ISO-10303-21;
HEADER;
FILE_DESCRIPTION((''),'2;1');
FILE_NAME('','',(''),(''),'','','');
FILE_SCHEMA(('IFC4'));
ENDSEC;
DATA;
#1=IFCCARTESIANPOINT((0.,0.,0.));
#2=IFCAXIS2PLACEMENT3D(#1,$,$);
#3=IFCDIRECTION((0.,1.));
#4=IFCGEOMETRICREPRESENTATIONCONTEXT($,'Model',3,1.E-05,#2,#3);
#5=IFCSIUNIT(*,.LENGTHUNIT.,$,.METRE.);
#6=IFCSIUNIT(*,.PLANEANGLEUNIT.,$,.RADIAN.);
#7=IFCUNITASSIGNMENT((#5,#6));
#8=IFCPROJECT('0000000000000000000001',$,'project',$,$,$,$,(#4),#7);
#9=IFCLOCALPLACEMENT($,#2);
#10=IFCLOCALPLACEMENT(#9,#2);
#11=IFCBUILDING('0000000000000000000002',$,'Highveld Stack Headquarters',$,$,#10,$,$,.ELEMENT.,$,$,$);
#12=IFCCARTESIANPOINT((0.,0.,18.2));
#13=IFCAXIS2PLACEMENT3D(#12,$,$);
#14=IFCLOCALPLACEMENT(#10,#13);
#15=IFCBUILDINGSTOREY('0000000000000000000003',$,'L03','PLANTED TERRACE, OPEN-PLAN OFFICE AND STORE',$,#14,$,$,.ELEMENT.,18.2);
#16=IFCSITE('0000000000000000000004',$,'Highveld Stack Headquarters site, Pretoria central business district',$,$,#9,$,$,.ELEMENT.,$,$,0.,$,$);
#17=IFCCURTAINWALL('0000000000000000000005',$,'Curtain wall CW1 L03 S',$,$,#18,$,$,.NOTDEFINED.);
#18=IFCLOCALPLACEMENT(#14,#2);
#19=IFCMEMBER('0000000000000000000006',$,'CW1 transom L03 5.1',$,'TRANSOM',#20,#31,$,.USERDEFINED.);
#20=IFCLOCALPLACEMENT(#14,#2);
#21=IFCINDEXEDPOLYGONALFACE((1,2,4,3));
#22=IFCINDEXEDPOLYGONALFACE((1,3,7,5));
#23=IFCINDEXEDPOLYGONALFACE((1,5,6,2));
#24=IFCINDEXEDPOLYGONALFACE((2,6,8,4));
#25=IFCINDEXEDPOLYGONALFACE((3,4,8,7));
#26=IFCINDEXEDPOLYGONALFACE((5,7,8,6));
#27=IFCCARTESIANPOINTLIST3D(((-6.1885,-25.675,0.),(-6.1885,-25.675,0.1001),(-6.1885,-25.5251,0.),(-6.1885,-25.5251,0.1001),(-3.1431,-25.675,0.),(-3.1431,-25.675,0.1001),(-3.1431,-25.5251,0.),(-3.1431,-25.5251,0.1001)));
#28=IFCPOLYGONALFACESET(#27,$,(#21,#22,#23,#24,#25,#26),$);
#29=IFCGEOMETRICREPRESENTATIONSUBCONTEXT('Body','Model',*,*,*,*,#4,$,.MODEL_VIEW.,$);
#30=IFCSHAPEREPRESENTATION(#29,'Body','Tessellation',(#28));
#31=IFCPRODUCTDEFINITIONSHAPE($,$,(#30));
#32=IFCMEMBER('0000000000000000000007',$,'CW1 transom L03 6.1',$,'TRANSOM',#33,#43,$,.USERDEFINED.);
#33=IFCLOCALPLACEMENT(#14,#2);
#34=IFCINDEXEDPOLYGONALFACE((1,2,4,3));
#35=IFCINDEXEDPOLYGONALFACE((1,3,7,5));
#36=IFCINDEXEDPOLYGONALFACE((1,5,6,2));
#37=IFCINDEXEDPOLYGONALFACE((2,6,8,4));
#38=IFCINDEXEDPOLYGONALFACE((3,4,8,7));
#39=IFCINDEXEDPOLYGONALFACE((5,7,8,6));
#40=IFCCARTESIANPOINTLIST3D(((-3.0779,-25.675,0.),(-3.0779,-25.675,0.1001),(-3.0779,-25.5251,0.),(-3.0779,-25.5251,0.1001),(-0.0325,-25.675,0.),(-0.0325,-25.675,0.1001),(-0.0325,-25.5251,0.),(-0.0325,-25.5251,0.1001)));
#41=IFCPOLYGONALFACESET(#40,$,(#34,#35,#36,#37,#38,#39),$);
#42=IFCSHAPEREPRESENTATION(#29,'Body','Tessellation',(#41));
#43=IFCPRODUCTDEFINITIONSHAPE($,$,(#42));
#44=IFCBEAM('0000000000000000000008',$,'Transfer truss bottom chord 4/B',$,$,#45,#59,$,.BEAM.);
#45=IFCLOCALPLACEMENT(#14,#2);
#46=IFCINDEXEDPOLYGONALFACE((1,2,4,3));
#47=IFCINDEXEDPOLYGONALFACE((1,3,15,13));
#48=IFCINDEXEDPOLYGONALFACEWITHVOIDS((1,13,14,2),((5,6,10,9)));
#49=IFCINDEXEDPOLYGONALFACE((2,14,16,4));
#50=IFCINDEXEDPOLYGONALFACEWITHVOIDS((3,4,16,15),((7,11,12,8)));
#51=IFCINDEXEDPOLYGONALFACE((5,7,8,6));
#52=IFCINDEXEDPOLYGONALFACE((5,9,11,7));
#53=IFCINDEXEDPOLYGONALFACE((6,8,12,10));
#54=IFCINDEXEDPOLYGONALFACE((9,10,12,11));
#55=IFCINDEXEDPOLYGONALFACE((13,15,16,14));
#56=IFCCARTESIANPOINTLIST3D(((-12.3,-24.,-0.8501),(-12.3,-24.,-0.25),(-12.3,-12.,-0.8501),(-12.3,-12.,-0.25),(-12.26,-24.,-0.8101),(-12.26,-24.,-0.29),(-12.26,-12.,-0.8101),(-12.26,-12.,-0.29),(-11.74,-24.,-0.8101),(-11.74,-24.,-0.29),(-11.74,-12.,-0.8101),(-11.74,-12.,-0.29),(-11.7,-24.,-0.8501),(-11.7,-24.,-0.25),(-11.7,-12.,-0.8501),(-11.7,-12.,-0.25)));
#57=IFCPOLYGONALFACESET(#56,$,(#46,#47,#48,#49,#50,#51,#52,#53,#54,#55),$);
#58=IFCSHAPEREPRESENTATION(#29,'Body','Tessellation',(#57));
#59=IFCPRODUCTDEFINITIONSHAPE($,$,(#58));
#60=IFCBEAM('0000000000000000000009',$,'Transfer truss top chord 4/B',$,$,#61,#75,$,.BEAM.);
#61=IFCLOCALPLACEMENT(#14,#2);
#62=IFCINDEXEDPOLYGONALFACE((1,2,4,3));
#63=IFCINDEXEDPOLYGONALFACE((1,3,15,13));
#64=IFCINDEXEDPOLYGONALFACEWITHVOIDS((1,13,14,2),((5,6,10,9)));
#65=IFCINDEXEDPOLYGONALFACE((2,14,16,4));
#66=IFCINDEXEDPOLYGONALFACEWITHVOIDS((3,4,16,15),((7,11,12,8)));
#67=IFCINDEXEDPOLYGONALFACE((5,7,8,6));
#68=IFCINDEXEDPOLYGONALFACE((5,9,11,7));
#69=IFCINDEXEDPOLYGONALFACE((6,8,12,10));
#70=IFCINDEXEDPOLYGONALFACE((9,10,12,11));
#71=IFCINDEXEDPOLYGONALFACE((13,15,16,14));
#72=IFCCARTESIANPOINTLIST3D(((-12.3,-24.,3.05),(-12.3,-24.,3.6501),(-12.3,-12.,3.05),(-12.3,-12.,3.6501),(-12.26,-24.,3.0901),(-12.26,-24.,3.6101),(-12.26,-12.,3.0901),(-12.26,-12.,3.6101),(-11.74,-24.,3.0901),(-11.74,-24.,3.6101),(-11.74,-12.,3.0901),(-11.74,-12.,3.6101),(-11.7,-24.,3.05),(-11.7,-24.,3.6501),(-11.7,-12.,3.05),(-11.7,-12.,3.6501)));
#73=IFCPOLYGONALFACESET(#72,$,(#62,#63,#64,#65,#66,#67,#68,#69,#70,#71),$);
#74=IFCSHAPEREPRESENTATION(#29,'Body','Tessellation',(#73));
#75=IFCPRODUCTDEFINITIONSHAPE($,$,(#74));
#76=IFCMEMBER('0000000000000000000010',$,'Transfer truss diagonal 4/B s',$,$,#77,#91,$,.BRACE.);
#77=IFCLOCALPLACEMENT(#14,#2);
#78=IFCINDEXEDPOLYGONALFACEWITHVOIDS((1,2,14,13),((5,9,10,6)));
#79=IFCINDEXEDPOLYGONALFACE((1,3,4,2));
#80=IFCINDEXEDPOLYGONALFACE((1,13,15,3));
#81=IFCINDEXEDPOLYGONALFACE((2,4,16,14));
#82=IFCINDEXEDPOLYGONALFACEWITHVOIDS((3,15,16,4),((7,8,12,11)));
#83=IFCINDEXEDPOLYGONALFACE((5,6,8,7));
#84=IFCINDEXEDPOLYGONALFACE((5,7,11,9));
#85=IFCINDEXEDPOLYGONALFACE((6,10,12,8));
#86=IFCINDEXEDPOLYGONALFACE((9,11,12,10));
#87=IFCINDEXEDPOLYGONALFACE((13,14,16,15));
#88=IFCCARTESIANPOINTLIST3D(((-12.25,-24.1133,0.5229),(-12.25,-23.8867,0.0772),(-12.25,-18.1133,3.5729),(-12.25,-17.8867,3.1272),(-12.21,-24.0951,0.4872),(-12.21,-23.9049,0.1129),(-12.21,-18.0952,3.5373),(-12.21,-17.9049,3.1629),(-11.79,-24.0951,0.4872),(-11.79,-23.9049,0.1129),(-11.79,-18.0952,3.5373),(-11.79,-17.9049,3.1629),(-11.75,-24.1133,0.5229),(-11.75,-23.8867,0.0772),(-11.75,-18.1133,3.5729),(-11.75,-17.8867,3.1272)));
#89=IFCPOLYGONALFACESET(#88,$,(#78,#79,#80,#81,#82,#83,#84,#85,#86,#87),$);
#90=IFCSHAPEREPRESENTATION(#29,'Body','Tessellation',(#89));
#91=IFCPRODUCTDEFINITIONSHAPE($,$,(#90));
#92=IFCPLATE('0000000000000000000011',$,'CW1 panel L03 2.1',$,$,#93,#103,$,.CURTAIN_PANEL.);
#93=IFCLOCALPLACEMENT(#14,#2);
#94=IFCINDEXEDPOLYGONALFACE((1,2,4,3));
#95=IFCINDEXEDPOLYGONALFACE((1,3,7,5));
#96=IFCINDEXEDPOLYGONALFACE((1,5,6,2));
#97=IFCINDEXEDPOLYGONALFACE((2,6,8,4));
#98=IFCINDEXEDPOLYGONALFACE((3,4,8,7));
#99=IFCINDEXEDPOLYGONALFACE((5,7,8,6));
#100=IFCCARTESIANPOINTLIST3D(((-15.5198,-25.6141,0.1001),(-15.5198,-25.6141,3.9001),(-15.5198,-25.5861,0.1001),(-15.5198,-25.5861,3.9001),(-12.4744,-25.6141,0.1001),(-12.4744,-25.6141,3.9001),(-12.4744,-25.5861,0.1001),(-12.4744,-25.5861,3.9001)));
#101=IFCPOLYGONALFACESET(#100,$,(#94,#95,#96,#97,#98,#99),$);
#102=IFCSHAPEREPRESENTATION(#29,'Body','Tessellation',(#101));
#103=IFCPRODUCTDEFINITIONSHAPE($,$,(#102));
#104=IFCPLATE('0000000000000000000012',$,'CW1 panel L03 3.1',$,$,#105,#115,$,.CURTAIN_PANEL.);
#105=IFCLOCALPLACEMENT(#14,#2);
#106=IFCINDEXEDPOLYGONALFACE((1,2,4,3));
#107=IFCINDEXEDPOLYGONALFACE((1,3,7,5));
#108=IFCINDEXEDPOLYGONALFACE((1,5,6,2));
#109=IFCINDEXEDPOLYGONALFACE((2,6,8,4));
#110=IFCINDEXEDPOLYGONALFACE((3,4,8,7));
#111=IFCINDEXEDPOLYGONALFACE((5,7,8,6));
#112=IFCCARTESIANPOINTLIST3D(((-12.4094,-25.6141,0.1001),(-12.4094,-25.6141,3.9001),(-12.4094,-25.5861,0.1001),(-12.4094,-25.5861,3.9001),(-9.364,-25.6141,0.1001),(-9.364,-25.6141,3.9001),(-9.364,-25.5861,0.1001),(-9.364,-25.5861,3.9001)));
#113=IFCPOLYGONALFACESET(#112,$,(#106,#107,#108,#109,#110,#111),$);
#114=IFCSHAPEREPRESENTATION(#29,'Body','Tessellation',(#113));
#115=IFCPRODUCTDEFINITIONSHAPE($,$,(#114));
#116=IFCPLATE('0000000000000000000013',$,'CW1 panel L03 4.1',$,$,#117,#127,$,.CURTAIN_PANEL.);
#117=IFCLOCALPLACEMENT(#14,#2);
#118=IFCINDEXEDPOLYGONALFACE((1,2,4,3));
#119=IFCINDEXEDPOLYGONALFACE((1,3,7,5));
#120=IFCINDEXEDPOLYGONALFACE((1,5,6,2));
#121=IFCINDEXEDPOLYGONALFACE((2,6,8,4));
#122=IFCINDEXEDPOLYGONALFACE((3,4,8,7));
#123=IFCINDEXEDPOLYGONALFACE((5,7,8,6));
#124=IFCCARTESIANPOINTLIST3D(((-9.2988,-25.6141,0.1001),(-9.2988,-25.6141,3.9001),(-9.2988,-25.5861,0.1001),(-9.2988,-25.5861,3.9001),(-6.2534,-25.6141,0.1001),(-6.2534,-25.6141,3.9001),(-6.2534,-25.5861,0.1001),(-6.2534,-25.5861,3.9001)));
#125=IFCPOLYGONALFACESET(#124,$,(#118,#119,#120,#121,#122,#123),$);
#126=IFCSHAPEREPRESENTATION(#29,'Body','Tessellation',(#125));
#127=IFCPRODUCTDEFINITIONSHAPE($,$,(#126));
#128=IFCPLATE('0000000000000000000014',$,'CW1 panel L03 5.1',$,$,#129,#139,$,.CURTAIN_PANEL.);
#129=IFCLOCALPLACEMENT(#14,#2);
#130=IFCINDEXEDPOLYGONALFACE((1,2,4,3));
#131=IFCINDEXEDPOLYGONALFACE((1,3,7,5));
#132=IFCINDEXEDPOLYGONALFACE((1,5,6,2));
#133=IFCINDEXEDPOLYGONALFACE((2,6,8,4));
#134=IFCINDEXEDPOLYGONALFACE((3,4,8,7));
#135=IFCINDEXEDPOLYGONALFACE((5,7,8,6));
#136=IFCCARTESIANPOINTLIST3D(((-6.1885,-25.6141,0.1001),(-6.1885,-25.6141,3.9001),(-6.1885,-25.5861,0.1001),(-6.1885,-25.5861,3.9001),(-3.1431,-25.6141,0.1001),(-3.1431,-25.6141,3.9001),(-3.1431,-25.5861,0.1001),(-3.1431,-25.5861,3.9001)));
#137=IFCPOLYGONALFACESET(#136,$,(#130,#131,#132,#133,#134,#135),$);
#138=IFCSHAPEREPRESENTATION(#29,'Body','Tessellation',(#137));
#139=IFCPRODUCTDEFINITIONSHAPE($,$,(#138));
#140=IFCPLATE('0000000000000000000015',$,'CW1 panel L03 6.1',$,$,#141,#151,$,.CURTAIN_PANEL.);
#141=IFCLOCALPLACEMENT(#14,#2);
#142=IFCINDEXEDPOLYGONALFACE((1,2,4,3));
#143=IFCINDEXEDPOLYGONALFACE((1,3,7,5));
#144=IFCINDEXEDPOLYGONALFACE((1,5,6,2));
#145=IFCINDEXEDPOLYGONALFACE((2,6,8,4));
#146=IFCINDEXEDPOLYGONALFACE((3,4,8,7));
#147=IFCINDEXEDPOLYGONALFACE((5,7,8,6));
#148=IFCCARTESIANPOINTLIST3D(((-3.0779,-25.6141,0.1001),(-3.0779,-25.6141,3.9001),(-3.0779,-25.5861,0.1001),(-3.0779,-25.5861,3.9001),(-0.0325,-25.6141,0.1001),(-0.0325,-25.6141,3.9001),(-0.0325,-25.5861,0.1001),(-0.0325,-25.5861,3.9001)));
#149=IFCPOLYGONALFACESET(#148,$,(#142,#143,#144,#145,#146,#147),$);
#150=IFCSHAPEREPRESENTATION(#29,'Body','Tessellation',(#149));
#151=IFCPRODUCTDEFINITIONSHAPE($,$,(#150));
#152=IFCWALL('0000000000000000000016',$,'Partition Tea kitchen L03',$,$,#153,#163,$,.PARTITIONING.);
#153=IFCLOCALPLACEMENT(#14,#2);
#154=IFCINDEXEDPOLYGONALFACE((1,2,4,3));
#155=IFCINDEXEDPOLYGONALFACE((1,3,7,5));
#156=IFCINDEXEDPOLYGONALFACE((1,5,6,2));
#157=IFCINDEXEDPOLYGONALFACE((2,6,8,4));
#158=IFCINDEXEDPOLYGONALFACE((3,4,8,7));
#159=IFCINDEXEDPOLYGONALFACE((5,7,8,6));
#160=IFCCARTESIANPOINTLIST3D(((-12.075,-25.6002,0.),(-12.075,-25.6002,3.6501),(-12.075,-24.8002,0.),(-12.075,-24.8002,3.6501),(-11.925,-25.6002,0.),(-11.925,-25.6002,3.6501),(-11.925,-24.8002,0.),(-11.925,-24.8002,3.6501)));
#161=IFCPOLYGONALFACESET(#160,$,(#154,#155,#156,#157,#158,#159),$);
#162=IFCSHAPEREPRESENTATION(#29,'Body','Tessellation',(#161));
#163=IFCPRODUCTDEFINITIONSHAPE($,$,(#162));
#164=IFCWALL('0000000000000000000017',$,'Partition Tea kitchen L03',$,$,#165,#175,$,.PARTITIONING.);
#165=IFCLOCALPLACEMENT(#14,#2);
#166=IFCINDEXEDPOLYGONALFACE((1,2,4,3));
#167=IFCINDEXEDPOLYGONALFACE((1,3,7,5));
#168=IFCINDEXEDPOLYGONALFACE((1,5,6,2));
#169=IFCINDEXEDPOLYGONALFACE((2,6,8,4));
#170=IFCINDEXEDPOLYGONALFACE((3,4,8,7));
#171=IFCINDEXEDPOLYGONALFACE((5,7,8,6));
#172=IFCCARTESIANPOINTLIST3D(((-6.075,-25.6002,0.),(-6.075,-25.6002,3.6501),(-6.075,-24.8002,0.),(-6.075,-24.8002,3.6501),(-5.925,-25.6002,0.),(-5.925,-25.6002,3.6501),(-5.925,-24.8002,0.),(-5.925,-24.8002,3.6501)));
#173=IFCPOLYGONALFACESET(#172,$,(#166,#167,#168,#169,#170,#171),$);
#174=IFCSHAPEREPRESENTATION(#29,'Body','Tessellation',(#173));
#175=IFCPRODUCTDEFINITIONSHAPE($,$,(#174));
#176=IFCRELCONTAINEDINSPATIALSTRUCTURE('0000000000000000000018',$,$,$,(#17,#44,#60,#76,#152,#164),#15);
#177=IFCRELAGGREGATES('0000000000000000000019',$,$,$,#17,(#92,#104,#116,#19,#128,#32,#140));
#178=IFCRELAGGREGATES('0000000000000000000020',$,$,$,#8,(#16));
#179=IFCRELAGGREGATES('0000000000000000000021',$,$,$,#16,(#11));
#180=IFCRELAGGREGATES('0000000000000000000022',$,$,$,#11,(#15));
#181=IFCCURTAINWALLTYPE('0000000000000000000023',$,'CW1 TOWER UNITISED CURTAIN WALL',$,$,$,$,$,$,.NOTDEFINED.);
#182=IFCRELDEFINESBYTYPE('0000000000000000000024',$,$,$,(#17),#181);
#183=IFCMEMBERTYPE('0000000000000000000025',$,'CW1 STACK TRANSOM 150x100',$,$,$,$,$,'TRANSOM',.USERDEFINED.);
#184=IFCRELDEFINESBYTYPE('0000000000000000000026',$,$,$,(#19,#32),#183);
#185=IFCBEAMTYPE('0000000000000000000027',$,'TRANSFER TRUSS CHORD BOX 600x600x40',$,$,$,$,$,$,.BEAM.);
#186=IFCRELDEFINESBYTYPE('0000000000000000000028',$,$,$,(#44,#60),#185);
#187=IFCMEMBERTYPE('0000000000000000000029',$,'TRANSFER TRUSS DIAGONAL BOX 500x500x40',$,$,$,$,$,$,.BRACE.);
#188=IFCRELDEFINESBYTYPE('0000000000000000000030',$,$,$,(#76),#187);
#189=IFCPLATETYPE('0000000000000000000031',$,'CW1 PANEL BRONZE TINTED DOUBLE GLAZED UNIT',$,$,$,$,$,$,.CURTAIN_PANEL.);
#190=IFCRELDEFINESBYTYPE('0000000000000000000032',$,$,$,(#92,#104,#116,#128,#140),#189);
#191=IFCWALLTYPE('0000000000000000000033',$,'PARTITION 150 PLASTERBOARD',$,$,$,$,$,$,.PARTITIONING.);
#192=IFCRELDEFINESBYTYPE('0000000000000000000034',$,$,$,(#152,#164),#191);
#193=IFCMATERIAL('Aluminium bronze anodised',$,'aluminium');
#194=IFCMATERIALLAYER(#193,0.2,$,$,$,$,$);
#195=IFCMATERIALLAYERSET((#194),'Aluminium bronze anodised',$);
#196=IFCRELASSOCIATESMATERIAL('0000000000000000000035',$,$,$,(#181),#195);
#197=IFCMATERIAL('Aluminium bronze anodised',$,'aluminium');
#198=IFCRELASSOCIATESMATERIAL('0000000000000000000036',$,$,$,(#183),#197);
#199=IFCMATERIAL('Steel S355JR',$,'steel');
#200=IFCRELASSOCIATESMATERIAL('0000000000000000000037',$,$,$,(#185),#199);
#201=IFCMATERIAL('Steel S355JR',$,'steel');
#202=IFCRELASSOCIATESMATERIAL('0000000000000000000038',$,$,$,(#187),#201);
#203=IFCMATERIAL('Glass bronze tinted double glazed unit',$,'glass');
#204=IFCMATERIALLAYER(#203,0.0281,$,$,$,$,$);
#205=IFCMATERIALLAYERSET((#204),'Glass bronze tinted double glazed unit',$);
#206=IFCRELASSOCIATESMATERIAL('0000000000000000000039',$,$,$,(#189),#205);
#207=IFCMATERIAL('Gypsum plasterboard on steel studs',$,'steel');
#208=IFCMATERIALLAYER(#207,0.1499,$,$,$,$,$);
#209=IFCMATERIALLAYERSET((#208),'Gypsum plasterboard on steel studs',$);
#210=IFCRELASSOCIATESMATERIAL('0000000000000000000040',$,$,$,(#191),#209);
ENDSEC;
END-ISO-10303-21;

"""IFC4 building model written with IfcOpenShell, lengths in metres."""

from ifc_helpers import new_model, si_unit, direction, frame, frame_2d, origin, origin_2d, place, context, subcontext, project, spatial, rectangle, hollow_rectangle, extrude, material, layer, layer_set, material_profile, profile_set, type_object, element, aggregate, save


model = new_model("IFC4")

# Units and contexts
model_context = context("Model", 3, precision=1e-05, world=origin(), true_north=direction((0.0, 1.0)))
body_context = subcontext(model_context, "Body", "Model", "MODEL_VIEW")
ifc_project = project(units=[si_unit("LENGTHUNIT", "METRE"), si_unit("PLANEANGLEUNIT", "RADIAN")], contexts=[model_context])

# Site, building, storey
site_placement = place(None, origin())
site = spatial("IfcSite", under=ifc_project, at=site_placement, Name="Highveld Stack Headquarters site, Pretoria central business district", CompositionType="ELEMENT", RefElevation=0.0)
building_placement = place(site_placement, origin())
building = spatial("IfcBuilding", under=site, at=building_placement, Name="Highveld Stack Headquarters", CompositionType="ELEMENT")
storey_placement = place(building_placement, frame((0.0, 0.0, 18.2)))
storey = spatial("IfcBuildingStorey", under=building, at=storey_placement, Name="L03", Description="PLANTED TERRACE, OPEN-PLAN OFFICE AND STORE", CompositionType="ELEMENT", Elevation=18.2)

# Curtain wall, members
ifc_material_1 = material(Name="Aluminium bronze anodised", Category="aluminium")
ifc_layer_1 = layer(ifc_material_1, 0.2)
ifc_layer_set_1 = layer_set([ifc_layer_1], Name="Aluminium bronze anodised")
curtain_wall_type = type_object("IfcCurtainWallType", Name="CW1 TOWER UNITISED CURTAIN WALL", PredefinedType="NOTDEFINED", material=ifc_layer_set_1)
curtain_wall_placement = place(storey_placement, origin())
curtain_wall = element("IfcCurtainWall", 1, at=curtain_wall_placement, inside=storey, type_object=curtain_wall_type, Name="Curtain wall CW1 L03 S", PredefinedType="NOTDEFINED")
ifc_material_2 = material(Name="Aluminium bronze anodised", Category="aluminium")
ifc_material_profile_1 = material_profile(ifc_material_2, rectangle(XDim=0.1499, YDim=0.1001, at=origin_2d()), Name="CW1 TRANSOM 150x100")
ifc_profile_set_1 = profile_set([ifc_material_profile_1], Name="Aluminium bronze anodised")
member_type_1 = type_object("IfcMemberType", Name="CW1 STACK TRANSOM 150x100", ElementType="TRANSOM", PredefinedType="USERDEFINED", material=ifc_profile_set_1)
member_1_placement = place(storey_placement, frame((-6.1885, -25.6001, 0.05), z_axis=(1.0, 0.0, 0.0), x_axis=(0.0, 1.0, 0.0)))
member_1 = element("IfcMember", 2, at=member_1_placement, type_object=member_type_1, Name="CW1 transom L03 5.1", ObjectType="TRANSOM", PredefinedType="USERDEFINED", context=body_context, shape_type="SweptSolid", body=[
    extrude(rectangle(XDim=0.1499, YDim=0.1001, at=origin_2d()), origin(), (0.0, 0.0, 1.0), 3.0454),
])
member_2_placement = place(storey_placement, frame((-3.0779, -25.6001, 0.05), z_axis=(1.0, 0.0, 0.0), x_axis=(0.0, 1.0, 0.0)))
member_2 = element("IfcMember", 3, at=member_2_placement, type_object=member_type_1, Name="CW1 transom L03 6.1", ObjectType="TRANSOM", PredefinedType="USERDEFINED", context=body_context, shape_type="SweptSolid", body=[
    extrude(rectangle(XDim=0.1499, YDim=0.1001, at=origin_2d()), origin(), (0.0, 0.0, 1.0), 3.0454),
])

# Beams
ifc_material_3 = material(Name="Steel S355JR", Category="steel")
ifc_material_profile_2 = material_profile(ifc_material_3, hollow_rectangle(XDim=0.6001, YDim=0.6001, WallThickness=0.04, at=origin_2d()), Name="BOX 600x600x40")
ifc_profile_set_2 = profile_set([ifc_material_profile_2], Name="Steel S355JR")
beam_type = type_object("IfcBeamType", Name="TRANSFER TRUSS CHORD BOX 600x600x40", PredefinedType="BEAM", material=ifc_profile_set_2)
for number, where, z_axis, x_axis, name in (
    (4, (-12.0, -24.0, -0.55), (0.0, 1.0, 0.0), (-1.0, 0.0, 0.0), "Transfer truss bottom chord 4/B"),
    (5, (-12.0, -24.0, 3.3501), (0.0, 1.0, 0.0), (-1.0, 0.0, 0.0), "Transfer truss top chord 4/B"),
):
    element("IfcBeam", number, at=place(storey_placement, frame(where, z_axis=z_axis, x_axis=x_axis)), inside=storey, type_object=beam_type, Name=name, PredefinedType="BEAM", context=body_context, shape_type="SweptSolid", body=[
        extrude(hollow_rectangle(XDim=0.6001, YDim=0.6001, WallThickness=0.04, at=origin_2d()), origin(), (0.0, 0.0, 1.0), 12.0),
    ])

# Member
ifc_material_4 = material(Name="Steel S355JR", Category="steel")
ifc_material_profile_3 = material_profile(ifc_material_4, hollow_rectangle(XDim=0.5, YDim=0.5, WallThickness=0.04, at=origin_2d()), Name="BOX 500x500x40")
ifc_profile_set_3 = profile_set([ifc_material_profile_3], Name="Steel S355JR")
member_type_2 = type_object("IfcMemberType", Name="TRANSFER TRUSS DIAGONAL BOX 500x500x40", PredefinedType="BRACE", material=ifc_profile_set_3)
member_3_placement = place(storey_placement, frame((-12.0, -24.0, 0.3), z_axis=(0.0, 0.891433, 0.453152), x_axis=(-1.0, 0.0, 0.0)))
element("IfcMember", 6, at=member_3_placement, inside=storey, type_object=member_type_2, Name="Transfer truss diagonal 4/B s", PredefinedType="BRACE", context=body_context, shape_type="SweptSolid", body=[
    extrude(hollow_rectangle(XDim=0.5, YDim=0.5, WallThickness=0.04, at=origin_2d()), origin(), (0.0, 0.0, 1.0), 6.7307),
])

# Plates
ifc_material_5 = material(Name="Glass bronze tinted double glazed unit", Category="glass")
ifc_layer_2 = layer(ifc_material_5, 0.0281)
ifc_layer_set_2 = layer_set([ifc_layer_2], Name="Glass bronze tinted double glazed unit")
plate_type = type_object("IfcPlateType", Name="CW1 PANEL BRONZE TINTED DOUBLE GLAZED UNIT", PredefinedType="CURTAIN_PANEL", material=ifc_layer_set_2)
plate_1_placement = place(storey_placement, frame((-13.9971, -25.6001, 0.1001), z_axis=(0.0, 0.0, 1.0), x_axis=(1.0, 0.0, 0.0)))
plate_1 = element("IfcPlate", 7, at=plate_1_placement, type_object=plate_type, Name="CW1 panel L03 2.1", PredefinedType="CURTAIN_PANEL", context=body_context, shape_type="SweptSolid", body=[
    extrude(rectangle(XDim=3.0454, YDim=0.0281, at=origin_2d()), origin(), (0.0, 0.0, 1.0), 3.8),
])
plate_2_placement = place(storey_placement, frame((-10.8867, -25.6001, 0.1001), z_axis=(0.0, 0.0, 1.0), x_axis=(1.0, 0.0, 0.0)))
plate_2 = element("IfcPlate", 8, at=plate_2_placement, type_object=plate_type, Name="CW1 panel L03 3.1", PredefinedType="CURTAIN_PANEL", context=body_context, shape_type="SweptSolid", body=[
    extrude(rectangle(XDim=3.0454, YDim=0.0281, at=origin_2d()), origin(), (0.0, 0.0, 1.0), 3.8),
])
plate_3_placement = place(storey_placement, frame((-7.7761, -25.6001, 0.1001), z_axis=(0.0, 0.0, 1.0), x_axis=(1.0, 0.0, 0.0)))
plate_3 = element("IfcPlate", 9, at=plate_3_placement, type_object=plate_type, Name="CW1 panel L03 4.1", PredefinedType="CURTAIN_PANEL", context=body_context, shape_type="SweptSolid", body=[
    extrude(rectangle(XDim=3.0454, YDim=0.0281, at=origin_2d()), origin(), (0.0, 0.0, 1.0), 3.8),
])
plate_4_placement = place(storey_placement, frame((-4.6658, -25.6001, 0.1001), z_axis=(0.0, 0.0, 1.0), x_axis=(1.0, 0.0, 0.0)))
plate_4 = element("IfcPlate", 10, at=plate_4_placement, type_object=plate_type, Name="CW1 panel L03 5.1", PredefinedType="CURTAIN_PANEL", context=body_context, shape_type="SweptSolid", body=[
    extrude(rectangle(XDim=3.0454, YDim=0.0281, at=origin_2d()), origin(), (0.0, 0.0, 1.0), 3.8),
])
plate_5_placement = place(storey_placement, frame((-1.5552, -25.6001, 0.1001), z_axis=(0.0, 0.0, 1.0), x_axis=(1.0, 0.0, 0.0)))
plate_5 = element("IfcPlate", 11, at=plate_5_placement, type_object=plate_type, Name="CW1 panel L03 6.1", PredefinedType="CURTAIN_PANEL", context=body_context, shape_type="SweptSolid", body=[
    extrude(rectangle(XDim=3.0454, YDim=0.0281, at=origin_2d()), origin(), (0.0, 0.0, 1.0), 3.8),
])
aggregate(curtain_wall, [plate_1, plate_2, plate_3, member_1, plate_4, member_2, plate_5])

# Walls
ifc_material_6 = material(Name="Gypsum plasterboard on steel studs", Category="steel")
ifc_layer_3 = layer(ifc_material_6, 0.1499)
ifc_layer_set_3 = layer_set([ifc_layer_3], Name="Gypsum plasterboard on steel studs")
wall_type = type_object("IfcWallType", Name="PARTITION 150 PLASTERBOARD", PredefinedType="PARTITIONING", material=ifc_layer_set_3)
for number, where, z_axis, x_axis, name in (
    (12, (-12.0, -25.6001, 0.0), (0.0, 0.0, 1.0), (0.0, 1.0, 0.0), "Partition Tea kitchen L03"),
    (13, (-6.0, -25.6001, 0.0), (0.0, 0.0, 1.0), (0.0, 1.0, 0.0), "Partition Tea kitchen L03"),
):
    element("IfcWall", number, at=place(storey_placement, frame(where, z_axis=z_axis, x_axis=x_axis)), inside=storey, type_object=wall_type, Name=name, PredefinedType="PARTITIONING", context=body_context, shape_type="SweptSolid", body=[
        extrude(rectangle(XDim=0.8, YDim=0.1499, at=frame_2d((0.3999, 0.0))), origin(), (0.0, 0.0, 1.0), 3.6501),
    ])

save(model, "model.ifc")
